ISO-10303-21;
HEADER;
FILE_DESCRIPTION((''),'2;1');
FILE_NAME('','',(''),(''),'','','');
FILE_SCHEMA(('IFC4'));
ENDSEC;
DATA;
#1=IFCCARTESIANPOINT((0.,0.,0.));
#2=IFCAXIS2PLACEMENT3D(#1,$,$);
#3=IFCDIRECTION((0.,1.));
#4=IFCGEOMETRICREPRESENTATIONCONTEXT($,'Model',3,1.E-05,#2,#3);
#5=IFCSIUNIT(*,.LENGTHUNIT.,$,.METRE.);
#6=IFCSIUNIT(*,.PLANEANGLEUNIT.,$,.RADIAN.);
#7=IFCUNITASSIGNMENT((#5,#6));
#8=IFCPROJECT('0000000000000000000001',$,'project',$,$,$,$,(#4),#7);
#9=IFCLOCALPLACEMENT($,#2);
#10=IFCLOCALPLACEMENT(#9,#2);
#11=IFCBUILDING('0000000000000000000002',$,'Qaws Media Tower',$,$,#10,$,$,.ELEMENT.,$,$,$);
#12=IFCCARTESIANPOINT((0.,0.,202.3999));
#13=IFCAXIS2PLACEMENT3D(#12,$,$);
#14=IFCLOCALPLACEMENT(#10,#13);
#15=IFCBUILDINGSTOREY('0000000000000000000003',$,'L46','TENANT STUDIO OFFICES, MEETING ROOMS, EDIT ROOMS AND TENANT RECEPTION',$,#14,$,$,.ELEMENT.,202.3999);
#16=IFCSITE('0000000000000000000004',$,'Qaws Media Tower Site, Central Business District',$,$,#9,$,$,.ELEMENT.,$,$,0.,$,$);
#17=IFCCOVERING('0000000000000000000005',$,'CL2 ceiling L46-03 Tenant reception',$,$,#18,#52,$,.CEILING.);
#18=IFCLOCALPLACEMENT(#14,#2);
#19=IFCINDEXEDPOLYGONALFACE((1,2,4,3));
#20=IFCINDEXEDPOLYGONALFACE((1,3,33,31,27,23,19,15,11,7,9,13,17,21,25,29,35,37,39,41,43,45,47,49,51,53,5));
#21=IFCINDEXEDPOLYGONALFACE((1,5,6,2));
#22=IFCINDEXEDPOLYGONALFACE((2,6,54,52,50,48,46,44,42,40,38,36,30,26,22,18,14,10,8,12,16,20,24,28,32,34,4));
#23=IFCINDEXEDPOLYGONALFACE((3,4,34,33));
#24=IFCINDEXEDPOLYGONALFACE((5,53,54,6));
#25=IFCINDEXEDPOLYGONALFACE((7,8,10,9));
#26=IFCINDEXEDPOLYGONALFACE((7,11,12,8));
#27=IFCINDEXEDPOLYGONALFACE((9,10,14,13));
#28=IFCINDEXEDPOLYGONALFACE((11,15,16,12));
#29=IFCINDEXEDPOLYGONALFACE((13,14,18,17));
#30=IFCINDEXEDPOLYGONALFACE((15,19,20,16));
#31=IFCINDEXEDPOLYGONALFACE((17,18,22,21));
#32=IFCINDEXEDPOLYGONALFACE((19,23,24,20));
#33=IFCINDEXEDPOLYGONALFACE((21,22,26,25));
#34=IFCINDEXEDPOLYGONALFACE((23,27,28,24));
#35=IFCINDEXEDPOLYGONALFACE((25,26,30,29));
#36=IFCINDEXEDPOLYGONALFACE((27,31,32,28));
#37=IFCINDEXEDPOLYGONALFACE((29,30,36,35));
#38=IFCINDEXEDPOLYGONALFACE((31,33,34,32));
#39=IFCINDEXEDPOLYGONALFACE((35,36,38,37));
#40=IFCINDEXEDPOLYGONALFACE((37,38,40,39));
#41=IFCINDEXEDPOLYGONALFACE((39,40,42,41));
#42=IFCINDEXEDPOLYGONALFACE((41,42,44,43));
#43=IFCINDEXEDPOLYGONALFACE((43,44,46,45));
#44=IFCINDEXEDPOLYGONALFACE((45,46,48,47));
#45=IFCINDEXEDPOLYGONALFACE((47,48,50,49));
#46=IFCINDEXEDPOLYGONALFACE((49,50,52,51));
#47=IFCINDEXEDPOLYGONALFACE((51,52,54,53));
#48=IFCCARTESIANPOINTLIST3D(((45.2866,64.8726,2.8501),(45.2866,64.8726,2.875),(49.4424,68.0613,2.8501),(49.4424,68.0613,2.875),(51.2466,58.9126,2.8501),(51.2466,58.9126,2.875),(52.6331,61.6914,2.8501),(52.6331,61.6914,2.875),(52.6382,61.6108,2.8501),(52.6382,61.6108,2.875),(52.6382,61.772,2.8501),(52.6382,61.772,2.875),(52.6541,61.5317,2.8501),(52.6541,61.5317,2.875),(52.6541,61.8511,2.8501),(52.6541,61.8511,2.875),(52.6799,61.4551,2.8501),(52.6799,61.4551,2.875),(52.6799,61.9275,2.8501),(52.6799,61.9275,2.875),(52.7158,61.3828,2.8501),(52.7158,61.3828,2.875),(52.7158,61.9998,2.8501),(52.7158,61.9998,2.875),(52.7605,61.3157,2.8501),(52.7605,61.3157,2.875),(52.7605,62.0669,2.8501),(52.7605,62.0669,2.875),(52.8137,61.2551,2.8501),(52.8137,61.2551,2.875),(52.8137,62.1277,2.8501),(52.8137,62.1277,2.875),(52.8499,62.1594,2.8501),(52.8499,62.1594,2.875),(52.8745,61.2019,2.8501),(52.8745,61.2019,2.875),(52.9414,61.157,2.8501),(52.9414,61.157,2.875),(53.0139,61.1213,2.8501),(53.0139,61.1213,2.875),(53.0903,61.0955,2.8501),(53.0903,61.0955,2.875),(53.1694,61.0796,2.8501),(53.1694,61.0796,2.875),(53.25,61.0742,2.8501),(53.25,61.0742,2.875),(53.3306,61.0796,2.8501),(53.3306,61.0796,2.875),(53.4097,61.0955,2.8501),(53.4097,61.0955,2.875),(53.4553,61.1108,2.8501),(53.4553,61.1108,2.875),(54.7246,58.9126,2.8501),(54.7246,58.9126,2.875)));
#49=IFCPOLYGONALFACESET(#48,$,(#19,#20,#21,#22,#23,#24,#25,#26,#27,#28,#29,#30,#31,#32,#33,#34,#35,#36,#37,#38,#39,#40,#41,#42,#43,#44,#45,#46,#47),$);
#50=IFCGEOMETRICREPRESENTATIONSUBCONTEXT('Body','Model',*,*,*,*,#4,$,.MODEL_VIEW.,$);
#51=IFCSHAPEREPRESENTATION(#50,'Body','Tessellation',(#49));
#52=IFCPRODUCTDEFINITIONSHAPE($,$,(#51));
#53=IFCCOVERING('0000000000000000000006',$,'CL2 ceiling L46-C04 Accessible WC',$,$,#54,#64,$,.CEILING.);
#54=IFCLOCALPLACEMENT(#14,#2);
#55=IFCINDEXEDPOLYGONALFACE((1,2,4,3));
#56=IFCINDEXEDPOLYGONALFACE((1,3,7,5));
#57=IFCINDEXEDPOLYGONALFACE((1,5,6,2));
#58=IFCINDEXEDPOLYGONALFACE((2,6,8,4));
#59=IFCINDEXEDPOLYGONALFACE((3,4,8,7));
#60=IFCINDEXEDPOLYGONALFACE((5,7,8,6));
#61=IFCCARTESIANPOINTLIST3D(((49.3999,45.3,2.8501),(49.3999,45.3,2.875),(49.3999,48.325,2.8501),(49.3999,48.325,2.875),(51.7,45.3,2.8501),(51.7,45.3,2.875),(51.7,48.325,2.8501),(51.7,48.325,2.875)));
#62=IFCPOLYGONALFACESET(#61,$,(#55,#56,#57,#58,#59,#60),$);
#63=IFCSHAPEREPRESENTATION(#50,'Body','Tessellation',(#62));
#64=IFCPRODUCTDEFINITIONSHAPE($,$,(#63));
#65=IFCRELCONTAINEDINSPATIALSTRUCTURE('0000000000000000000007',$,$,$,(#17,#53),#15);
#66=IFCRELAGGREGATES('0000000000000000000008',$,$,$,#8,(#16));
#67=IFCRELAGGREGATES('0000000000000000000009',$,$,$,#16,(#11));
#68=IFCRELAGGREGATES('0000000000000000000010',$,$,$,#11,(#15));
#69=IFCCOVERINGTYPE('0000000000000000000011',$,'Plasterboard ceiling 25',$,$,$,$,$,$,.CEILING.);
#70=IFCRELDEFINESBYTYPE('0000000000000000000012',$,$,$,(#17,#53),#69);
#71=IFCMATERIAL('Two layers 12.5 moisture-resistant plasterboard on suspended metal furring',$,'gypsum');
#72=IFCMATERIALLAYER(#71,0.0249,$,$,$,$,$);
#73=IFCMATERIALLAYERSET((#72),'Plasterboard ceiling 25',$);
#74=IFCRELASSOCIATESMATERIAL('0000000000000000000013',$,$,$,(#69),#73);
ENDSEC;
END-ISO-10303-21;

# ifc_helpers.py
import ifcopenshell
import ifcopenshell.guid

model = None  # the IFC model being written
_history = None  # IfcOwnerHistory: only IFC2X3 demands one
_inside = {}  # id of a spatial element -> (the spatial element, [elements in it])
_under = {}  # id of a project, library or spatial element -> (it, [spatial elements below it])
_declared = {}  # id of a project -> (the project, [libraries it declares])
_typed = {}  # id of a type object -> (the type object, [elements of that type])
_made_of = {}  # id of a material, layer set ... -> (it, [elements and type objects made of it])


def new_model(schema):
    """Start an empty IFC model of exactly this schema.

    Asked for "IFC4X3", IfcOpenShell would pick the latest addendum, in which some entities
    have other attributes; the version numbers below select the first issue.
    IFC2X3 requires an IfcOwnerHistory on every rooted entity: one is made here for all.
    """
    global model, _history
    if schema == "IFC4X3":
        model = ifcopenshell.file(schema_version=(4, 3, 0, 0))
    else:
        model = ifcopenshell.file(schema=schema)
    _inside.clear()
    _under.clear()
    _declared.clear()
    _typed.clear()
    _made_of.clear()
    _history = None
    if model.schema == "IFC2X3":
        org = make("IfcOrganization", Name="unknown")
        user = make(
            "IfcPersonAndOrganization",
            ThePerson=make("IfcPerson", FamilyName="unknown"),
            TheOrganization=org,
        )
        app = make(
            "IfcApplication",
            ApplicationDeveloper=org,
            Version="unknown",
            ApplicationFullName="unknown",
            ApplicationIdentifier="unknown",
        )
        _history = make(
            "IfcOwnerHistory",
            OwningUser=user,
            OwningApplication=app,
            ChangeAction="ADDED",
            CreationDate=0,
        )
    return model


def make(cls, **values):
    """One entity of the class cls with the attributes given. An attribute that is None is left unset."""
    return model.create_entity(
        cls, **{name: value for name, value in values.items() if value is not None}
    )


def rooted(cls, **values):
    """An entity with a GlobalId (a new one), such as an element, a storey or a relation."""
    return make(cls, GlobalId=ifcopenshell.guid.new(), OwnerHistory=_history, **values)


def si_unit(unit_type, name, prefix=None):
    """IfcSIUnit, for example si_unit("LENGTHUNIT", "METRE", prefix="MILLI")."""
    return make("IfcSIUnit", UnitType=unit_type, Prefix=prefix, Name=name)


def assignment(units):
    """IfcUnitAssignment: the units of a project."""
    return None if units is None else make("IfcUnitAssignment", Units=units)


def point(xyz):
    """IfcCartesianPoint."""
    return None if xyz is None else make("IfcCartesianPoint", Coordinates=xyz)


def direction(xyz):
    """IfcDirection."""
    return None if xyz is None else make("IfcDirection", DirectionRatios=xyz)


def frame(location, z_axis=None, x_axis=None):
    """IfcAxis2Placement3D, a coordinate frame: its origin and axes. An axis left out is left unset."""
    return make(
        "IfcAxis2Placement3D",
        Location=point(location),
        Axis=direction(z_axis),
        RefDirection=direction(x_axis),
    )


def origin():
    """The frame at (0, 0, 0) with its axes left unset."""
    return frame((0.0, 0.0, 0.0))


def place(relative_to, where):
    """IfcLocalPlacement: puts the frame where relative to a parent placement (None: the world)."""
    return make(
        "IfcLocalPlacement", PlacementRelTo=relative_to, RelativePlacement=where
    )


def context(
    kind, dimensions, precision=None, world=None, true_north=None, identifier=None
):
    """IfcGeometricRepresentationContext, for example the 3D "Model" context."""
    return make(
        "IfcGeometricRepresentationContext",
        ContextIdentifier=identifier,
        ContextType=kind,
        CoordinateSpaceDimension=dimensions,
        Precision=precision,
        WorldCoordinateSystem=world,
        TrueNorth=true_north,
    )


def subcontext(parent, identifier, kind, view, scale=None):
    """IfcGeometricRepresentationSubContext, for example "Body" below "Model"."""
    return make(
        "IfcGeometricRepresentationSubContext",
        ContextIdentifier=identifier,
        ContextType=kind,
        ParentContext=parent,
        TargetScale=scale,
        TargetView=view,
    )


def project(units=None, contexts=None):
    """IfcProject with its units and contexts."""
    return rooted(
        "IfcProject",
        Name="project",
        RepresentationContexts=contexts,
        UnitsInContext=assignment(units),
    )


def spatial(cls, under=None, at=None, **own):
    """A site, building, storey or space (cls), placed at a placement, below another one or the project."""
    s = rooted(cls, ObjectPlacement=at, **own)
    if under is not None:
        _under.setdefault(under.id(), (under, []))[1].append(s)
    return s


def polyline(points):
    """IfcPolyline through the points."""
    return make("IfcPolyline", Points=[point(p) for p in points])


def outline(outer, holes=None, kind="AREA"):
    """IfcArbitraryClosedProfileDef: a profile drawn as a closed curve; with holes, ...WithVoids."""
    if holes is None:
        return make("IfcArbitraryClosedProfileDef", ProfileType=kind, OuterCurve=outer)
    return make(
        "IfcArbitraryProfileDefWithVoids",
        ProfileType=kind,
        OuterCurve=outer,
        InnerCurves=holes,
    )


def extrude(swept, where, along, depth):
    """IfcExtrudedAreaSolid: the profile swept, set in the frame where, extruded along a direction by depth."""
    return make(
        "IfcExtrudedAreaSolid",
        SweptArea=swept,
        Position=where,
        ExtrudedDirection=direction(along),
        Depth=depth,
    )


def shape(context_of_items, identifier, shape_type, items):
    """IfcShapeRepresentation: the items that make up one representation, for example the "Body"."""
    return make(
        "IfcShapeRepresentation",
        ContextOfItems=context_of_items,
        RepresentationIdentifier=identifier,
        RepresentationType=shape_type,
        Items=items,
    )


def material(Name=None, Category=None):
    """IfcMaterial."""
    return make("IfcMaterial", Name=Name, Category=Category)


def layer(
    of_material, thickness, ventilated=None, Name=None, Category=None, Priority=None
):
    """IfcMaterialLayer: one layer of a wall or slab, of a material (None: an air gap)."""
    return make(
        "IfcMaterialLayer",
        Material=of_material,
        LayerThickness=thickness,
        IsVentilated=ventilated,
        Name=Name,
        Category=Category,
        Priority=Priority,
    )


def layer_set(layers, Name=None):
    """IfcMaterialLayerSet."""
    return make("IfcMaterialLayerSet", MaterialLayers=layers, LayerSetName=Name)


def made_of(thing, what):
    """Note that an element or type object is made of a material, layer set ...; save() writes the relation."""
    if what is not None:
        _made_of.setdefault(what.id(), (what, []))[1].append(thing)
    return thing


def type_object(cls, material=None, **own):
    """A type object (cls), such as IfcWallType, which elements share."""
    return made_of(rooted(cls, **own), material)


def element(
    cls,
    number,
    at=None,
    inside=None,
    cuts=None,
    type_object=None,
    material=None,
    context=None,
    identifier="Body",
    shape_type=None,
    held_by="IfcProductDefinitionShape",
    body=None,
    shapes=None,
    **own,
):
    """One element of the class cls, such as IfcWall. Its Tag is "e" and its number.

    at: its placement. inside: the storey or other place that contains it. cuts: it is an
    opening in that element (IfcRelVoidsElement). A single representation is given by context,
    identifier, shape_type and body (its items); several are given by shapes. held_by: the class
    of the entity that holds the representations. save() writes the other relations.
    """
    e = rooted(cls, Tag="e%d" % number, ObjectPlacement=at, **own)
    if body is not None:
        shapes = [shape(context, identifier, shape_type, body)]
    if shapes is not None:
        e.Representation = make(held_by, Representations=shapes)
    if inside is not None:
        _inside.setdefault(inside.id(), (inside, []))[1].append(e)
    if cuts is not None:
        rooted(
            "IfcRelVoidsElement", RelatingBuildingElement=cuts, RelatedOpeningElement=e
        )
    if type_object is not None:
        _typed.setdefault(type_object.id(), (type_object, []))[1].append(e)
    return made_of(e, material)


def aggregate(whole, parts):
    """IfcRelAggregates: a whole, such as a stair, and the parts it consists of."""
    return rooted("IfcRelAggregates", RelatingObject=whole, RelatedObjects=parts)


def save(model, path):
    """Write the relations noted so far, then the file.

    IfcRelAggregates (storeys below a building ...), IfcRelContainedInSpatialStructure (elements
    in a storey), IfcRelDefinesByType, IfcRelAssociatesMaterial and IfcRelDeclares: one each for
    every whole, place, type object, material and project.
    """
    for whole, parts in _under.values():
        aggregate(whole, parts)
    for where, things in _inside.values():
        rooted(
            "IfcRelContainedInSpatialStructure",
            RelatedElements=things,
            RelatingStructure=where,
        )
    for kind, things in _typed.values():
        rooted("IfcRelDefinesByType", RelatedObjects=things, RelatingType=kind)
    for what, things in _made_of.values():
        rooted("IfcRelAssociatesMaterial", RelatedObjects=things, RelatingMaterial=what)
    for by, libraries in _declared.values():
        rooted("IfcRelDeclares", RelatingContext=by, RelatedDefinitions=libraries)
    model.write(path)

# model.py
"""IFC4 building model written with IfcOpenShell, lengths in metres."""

from ifc_helpers import new_model, si_unit, direction, frame, origin, place, context, subcontext, project, spatial, polyline, outline, extrude, material, layer, layer_set, type_object, element, save


model = new_model("IFC4")

# Units and contexts
model_context = context("Model", 3, precision=1e-05, world=origin(), true_north=direction((0.0, 1.0)))
body_context = subcontext(model_context, "Body", "Model", "MODEL_VIEW")
ifc_project = project(units=[si_unit("LENGTHUNIT", "METRE"), si_unit("PLANEANGLEUNIT", "RADIAN")], contexts=[model_context])

# Site, building, storey
site_placement = place(None, origin())
site = spatial("IfcSite", under=ifc_project, at=site_placement, Name="Qaws Media Tower Site, Central Business District", CompositionType="ELEMENT", RefElevation=0.0)
building_placement = place(site_placement, origin())
building = spatial("IfcBuilding", under=site, at=building_placement, Name="Qaws Media Tower", CompositionType="ELEMENT")
storey_placement = place(building_placement, frame((0.0, 0.0, 202.3999)))
storey = spatial("IfcBuildingStorey", under=building, at=storey_placement, Name="L46", Description="TENANT STUDIO OFFICES, MEETING ROOMS, EDIT ROOMS AND TENANT RECEPTION", CompositionType="ELEMENT", Elevation=202.3999)

# Coverings
ifc_material_1 = material(Name="Two layers 12.5 moisture-resistant plasterboard on suspended metal furring", Category="gypsum")
ifc_layer_1 = layer(ifc_material_1, 0.0249)
ifc_layer_set_1 = layer_set([ifc_layer_1], Name="Plasterboard ceiling 25")
covering_type_1 = type_object("IfcCoveringType", Name="Plasterboard ceiling 25", PredefinedType="CEILING", material=ifc_layer_set_1)
covering_1_placement = place(storey_placement, frame((0.0, 0.0, 2.8501)))
element("IfcCovering", 1, at=covering_1_placement, inside=storey, type_object=covering_type_1, Name="CL2 ceiling L46-03 Tenant reception", PredefinedType="CEILING", context=body_context, shape_type="SweptSolid", body=[
    extrude(outline(polyline([(49.4424, 68.0613), (52.8499, 62.1594), (52.8137, 62.1277), (52.7605, 62.0669), (52.7158, 61.9998), (52.6799, 61.9275), (52.6541, 61.8511), (52.6382, 61.772), (52.6331, 61.6914), (52.6382, 61.6108), (52.6541, 61.5317), (52.6799, 61.4551), (52.7158, 61.3828), (52.7605, 61.3157), (52.8137, 61.2551), (52.8745, 61.2019), (52.9414, 61.157), (53.0139, 61.1213), (53.0903, 61.0955), (53.1694, 61.0796), (53.25, 61.0742), (53.3306, 61.0796), (53.4097, 61.0955), (53.4553, 61.1108), (54.7246, 58.9126), (51.2466, 58.9126), (45.2866, 64.8726), (49.4424, 68.0613)])), origin(), (0.0, 0.0, 1.0), 0.0249),
])
covering_2_placement = place(storey_placement, frame((0.0, 0.0, 2.8501)))
element("IfcCovering", 2, at=covering_2_placement, inside=storey, type_object=covering_type_1, Name="CL2 ceiling L46-C04 Accessible WC", PredefinedType="CEILING", context=body_context, shape_type="SweptSolid", body=[
    extrude(outline(polyline([(49.3999, 45.3), (49.3999, 48.325), (51.7, 48.325), (51.7, 45.3), (49.3999, 45.3)])), origin(), (0.0, 0.0, 1.0), 0.0249),
])

save(model, "model.ifc")
